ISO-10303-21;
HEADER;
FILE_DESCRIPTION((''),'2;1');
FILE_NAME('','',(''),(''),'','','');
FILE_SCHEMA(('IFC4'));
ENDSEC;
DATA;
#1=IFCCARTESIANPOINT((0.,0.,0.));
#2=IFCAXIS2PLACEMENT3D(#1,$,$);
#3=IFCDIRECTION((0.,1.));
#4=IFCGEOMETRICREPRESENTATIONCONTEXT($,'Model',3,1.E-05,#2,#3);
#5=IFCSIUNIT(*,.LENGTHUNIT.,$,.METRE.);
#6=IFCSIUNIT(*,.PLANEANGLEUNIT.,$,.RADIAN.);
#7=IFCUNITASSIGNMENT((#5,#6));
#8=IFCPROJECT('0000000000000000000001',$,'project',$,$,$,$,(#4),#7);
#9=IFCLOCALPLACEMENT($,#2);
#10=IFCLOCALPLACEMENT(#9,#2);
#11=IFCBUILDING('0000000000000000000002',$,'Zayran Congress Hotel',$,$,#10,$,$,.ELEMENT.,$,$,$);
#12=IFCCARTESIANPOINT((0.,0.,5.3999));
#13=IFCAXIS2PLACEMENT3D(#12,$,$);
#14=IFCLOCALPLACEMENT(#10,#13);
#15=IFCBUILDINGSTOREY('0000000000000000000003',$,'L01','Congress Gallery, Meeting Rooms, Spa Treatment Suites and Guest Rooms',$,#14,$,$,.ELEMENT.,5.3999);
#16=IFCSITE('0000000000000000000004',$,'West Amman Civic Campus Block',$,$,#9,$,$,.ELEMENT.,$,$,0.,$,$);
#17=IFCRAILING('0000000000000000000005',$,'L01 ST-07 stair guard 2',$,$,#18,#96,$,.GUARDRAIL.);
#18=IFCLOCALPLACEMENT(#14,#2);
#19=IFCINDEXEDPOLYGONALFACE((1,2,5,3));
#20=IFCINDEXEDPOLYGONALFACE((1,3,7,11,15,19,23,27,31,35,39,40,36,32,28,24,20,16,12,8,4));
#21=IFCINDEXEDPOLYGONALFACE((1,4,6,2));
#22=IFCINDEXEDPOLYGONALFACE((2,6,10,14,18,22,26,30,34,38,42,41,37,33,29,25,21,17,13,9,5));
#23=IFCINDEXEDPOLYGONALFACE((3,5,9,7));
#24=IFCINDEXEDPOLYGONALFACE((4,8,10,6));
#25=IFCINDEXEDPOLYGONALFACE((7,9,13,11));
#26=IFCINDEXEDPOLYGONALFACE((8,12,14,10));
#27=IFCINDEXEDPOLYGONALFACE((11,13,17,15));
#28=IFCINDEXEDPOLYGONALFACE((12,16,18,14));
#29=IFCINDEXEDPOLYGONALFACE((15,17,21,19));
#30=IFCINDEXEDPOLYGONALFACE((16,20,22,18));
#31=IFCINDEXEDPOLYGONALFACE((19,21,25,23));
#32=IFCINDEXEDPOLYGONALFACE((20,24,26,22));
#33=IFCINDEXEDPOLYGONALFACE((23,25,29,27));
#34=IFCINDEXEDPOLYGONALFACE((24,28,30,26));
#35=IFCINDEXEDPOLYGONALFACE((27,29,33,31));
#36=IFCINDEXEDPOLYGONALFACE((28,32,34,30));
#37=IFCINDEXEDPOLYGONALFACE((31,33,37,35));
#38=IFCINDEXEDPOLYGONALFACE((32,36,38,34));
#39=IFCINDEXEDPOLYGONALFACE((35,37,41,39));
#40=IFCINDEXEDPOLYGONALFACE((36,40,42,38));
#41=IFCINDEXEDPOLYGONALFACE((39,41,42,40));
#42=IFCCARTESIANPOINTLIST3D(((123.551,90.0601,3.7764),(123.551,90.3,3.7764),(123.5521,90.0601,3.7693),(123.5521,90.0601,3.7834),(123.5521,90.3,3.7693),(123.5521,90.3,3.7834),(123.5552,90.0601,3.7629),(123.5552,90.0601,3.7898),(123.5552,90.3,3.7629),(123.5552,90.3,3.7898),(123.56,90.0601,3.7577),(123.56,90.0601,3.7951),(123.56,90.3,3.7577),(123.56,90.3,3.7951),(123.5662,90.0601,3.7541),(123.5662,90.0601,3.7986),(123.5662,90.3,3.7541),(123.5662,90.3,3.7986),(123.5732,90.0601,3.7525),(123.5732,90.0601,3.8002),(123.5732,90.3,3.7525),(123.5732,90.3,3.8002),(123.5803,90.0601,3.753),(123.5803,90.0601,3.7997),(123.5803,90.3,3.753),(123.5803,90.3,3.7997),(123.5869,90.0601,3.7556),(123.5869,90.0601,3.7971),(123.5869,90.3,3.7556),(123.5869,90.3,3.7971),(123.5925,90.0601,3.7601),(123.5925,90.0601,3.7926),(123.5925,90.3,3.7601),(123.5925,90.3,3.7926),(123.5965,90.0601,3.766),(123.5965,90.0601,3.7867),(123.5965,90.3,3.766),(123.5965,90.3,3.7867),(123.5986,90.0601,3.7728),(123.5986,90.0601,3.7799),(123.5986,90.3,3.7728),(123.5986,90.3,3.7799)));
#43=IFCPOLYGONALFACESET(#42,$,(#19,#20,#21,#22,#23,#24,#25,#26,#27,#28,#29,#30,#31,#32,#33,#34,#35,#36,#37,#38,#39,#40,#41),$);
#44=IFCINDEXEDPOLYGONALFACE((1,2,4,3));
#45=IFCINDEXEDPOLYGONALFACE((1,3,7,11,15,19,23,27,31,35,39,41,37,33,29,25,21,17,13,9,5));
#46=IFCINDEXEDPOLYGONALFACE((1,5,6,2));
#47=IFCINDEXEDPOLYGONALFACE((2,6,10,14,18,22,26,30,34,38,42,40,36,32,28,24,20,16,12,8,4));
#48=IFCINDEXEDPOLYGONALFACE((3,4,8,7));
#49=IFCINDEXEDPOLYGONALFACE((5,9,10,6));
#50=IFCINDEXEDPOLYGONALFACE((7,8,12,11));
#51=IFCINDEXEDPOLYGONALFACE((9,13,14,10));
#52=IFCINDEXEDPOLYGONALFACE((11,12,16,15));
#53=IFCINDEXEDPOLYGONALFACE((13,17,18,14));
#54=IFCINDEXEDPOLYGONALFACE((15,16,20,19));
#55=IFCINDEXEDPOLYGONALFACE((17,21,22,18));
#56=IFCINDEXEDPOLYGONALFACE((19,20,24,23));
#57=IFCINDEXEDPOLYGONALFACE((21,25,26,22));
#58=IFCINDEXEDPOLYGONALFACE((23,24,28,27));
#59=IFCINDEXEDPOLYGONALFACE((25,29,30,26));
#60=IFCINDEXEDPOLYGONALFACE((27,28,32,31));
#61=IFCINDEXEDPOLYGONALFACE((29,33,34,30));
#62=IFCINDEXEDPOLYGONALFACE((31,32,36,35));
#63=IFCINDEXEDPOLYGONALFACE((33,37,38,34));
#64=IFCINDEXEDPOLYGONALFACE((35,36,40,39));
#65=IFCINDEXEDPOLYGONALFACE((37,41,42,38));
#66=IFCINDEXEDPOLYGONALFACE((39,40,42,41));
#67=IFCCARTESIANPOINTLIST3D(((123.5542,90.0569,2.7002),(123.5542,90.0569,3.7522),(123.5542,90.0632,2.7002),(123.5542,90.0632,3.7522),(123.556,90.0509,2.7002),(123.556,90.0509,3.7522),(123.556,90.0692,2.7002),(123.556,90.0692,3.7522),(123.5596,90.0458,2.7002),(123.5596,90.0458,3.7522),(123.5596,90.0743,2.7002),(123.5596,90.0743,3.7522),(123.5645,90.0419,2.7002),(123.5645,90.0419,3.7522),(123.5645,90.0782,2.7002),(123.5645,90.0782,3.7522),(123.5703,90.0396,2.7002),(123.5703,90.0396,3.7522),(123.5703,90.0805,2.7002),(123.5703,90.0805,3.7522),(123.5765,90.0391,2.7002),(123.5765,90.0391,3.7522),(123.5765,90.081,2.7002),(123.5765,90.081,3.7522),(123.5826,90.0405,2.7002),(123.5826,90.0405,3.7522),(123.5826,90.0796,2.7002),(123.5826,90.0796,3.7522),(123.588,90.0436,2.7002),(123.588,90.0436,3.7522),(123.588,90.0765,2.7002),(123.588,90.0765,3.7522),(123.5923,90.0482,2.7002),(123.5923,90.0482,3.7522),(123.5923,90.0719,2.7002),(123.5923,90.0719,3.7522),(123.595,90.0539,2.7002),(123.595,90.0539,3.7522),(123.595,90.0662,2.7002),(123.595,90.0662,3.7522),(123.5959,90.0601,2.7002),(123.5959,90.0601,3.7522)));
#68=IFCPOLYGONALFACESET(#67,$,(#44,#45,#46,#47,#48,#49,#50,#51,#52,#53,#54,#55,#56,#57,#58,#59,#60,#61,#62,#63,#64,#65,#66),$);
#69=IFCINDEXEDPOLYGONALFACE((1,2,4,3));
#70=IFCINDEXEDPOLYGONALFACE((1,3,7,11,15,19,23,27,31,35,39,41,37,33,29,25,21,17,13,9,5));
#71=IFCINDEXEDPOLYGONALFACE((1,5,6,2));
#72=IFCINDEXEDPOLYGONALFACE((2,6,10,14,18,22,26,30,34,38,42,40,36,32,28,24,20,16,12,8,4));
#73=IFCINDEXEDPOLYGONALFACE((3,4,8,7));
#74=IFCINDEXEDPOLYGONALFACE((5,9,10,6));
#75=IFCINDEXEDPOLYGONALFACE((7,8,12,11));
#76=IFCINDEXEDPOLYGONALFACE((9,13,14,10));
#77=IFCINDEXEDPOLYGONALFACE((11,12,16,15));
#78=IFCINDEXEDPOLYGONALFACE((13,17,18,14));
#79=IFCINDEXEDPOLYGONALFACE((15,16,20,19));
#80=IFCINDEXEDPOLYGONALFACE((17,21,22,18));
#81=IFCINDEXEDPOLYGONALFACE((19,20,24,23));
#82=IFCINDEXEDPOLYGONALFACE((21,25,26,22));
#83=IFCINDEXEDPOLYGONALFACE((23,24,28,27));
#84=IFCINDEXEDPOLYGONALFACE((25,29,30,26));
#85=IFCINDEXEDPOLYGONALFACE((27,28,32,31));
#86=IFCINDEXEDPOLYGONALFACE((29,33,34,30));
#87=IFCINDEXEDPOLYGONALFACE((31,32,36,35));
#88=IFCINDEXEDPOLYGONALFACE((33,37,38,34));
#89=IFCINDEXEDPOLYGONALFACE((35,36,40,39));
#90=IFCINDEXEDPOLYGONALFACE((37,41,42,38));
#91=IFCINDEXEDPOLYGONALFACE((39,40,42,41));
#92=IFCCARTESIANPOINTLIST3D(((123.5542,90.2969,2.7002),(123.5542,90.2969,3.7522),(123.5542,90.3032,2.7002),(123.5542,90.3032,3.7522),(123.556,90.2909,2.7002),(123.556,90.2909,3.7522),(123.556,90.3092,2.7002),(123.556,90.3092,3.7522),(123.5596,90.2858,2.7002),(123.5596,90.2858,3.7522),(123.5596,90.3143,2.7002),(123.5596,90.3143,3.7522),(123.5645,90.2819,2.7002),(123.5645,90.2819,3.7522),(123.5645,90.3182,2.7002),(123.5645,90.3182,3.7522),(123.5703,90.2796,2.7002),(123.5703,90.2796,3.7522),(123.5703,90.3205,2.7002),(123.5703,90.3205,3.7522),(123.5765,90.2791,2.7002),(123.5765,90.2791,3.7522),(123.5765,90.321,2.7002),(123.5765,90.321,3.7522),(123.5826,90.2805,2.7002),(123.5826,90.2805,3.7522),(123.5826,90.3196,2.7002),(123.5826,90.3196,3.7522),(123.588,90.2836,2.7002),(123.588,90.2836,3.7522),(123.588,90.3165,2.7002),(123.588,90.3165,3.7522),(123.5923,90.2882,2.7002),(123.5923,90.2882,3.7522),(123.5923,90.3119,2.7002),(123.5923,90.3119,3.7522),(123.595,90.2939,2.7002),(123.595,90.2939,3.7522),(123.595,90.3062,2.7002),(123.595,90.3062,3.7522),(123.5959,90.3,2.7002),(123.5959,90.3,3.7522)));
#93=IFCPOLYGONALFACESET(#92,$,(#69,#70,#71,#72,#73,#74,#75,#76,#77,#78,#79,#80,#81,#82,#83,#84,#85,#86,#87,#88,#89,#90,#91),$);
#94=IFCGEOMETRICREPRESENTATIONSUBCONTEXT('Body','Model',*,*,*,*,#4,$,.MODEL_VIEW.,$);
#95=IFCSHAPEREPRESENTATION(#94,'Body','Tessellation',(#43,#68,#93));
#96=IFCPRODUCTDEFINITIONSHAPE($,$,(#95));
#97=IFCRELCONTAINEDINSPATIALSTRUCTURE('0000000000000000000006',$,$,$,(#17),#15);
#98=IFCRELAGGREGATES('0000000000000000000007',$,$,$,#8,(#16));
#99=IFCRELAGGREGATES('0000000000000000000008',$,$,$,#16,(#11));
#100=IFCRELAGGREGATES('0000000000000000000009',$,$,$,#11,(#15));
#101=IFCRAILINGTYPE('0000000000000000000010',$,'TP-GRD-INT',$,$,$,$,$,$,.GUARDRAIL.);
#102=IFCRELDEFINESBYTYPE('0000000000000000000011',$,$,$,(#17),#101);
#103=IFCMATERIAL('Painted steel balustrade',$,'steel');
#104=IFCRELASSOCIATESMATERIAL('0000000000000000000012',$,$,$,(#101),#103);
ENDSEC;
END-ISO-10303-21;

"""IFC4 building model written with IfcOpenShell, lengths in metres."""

from ifc_helpers import new_model, si_unit, direction, frame, origin, origin_2d, place, context, subcontext, project, spatial, circle, extrude, material, type_object, element, save


model = new_model("IFC4")

# Units and contexts
model_context = context("Model", 3, precision=1e-05, world=origin(), true_north=direction((0.0, 1.0)))
body_context = subcontext(model_context, "Body", "Model", "MODEL_VIEW")
ifc_project = project(units=[si_unit("LENGTHUNIT", "METRE"), si_unit("PLANEANGLEUNIT", "RADIAN")], contexts=[model_context])

# Site, building, storey
site_placement = place(None, origin())
site = spatial("IfcSite", under=ifc_project, at=site_placement, Name="West Amman Civic Campus Block", CompositionType="ELEMENT", RefElevation=0.0)
building_placement = place(site_placement, origin())
building = spatial("IfcBuilding", under=site, at=building_placement, Name="Zayran Congress Hotel", CompositionType="ELEMENT")
storey_placement = place(building_placement, frame((0.0, 0.0, 5.3999)))
storey = spatial("IfcBuildingStorey", under=building, at=storey_placement, Name="L01", Description="Congress Gallery, Meeting Rooms, Spa Treatment Suites and Guest Rooms", CompositionType="ELEMENT", Elevation=5.3999)

# Railing
ifc_material_1 = material(Name="Painted steel balustrade", Category="steel")
railing_type_1 = type_object("IfcRailingType", Name="TP-GRD-INT", PredefinedType="GUARDRAIL", material=ifc_material_1)
railing_1_placement = place(storey_placement, frame((123.575, 90.0601, 2.7002)))
element("IfcRailing", 1, at=railing_1_placement, inside=storey, type_object=railing_type_1, Name="L01 ST-07 stair guard 2", PredefinedType="GUARDRAIL", context=body_context, shape_type="SweptSolid", body=[
    extrude(circle(Radius=0.0239, at=origin_2d()), frame((0.0, 0.0, 1.0762), z_axis=(0.0, 1.0, 0.0), x_axis=(-1.0, 0.0, 0.0)), (0.0, 0.0, 1.0), 0.24),
    extrude(circle(Radius=0.021, at=origin_2d()), origin(), (0.0, 0.0, 1.0), 1.052),
    extrude(circle(Radius=0.021, at=origin_2d()), frame((0.0, 0.24, 0.0)), (0.0, 0.0, 1.0), 1.052),
])

save(model, "model.ifc")
